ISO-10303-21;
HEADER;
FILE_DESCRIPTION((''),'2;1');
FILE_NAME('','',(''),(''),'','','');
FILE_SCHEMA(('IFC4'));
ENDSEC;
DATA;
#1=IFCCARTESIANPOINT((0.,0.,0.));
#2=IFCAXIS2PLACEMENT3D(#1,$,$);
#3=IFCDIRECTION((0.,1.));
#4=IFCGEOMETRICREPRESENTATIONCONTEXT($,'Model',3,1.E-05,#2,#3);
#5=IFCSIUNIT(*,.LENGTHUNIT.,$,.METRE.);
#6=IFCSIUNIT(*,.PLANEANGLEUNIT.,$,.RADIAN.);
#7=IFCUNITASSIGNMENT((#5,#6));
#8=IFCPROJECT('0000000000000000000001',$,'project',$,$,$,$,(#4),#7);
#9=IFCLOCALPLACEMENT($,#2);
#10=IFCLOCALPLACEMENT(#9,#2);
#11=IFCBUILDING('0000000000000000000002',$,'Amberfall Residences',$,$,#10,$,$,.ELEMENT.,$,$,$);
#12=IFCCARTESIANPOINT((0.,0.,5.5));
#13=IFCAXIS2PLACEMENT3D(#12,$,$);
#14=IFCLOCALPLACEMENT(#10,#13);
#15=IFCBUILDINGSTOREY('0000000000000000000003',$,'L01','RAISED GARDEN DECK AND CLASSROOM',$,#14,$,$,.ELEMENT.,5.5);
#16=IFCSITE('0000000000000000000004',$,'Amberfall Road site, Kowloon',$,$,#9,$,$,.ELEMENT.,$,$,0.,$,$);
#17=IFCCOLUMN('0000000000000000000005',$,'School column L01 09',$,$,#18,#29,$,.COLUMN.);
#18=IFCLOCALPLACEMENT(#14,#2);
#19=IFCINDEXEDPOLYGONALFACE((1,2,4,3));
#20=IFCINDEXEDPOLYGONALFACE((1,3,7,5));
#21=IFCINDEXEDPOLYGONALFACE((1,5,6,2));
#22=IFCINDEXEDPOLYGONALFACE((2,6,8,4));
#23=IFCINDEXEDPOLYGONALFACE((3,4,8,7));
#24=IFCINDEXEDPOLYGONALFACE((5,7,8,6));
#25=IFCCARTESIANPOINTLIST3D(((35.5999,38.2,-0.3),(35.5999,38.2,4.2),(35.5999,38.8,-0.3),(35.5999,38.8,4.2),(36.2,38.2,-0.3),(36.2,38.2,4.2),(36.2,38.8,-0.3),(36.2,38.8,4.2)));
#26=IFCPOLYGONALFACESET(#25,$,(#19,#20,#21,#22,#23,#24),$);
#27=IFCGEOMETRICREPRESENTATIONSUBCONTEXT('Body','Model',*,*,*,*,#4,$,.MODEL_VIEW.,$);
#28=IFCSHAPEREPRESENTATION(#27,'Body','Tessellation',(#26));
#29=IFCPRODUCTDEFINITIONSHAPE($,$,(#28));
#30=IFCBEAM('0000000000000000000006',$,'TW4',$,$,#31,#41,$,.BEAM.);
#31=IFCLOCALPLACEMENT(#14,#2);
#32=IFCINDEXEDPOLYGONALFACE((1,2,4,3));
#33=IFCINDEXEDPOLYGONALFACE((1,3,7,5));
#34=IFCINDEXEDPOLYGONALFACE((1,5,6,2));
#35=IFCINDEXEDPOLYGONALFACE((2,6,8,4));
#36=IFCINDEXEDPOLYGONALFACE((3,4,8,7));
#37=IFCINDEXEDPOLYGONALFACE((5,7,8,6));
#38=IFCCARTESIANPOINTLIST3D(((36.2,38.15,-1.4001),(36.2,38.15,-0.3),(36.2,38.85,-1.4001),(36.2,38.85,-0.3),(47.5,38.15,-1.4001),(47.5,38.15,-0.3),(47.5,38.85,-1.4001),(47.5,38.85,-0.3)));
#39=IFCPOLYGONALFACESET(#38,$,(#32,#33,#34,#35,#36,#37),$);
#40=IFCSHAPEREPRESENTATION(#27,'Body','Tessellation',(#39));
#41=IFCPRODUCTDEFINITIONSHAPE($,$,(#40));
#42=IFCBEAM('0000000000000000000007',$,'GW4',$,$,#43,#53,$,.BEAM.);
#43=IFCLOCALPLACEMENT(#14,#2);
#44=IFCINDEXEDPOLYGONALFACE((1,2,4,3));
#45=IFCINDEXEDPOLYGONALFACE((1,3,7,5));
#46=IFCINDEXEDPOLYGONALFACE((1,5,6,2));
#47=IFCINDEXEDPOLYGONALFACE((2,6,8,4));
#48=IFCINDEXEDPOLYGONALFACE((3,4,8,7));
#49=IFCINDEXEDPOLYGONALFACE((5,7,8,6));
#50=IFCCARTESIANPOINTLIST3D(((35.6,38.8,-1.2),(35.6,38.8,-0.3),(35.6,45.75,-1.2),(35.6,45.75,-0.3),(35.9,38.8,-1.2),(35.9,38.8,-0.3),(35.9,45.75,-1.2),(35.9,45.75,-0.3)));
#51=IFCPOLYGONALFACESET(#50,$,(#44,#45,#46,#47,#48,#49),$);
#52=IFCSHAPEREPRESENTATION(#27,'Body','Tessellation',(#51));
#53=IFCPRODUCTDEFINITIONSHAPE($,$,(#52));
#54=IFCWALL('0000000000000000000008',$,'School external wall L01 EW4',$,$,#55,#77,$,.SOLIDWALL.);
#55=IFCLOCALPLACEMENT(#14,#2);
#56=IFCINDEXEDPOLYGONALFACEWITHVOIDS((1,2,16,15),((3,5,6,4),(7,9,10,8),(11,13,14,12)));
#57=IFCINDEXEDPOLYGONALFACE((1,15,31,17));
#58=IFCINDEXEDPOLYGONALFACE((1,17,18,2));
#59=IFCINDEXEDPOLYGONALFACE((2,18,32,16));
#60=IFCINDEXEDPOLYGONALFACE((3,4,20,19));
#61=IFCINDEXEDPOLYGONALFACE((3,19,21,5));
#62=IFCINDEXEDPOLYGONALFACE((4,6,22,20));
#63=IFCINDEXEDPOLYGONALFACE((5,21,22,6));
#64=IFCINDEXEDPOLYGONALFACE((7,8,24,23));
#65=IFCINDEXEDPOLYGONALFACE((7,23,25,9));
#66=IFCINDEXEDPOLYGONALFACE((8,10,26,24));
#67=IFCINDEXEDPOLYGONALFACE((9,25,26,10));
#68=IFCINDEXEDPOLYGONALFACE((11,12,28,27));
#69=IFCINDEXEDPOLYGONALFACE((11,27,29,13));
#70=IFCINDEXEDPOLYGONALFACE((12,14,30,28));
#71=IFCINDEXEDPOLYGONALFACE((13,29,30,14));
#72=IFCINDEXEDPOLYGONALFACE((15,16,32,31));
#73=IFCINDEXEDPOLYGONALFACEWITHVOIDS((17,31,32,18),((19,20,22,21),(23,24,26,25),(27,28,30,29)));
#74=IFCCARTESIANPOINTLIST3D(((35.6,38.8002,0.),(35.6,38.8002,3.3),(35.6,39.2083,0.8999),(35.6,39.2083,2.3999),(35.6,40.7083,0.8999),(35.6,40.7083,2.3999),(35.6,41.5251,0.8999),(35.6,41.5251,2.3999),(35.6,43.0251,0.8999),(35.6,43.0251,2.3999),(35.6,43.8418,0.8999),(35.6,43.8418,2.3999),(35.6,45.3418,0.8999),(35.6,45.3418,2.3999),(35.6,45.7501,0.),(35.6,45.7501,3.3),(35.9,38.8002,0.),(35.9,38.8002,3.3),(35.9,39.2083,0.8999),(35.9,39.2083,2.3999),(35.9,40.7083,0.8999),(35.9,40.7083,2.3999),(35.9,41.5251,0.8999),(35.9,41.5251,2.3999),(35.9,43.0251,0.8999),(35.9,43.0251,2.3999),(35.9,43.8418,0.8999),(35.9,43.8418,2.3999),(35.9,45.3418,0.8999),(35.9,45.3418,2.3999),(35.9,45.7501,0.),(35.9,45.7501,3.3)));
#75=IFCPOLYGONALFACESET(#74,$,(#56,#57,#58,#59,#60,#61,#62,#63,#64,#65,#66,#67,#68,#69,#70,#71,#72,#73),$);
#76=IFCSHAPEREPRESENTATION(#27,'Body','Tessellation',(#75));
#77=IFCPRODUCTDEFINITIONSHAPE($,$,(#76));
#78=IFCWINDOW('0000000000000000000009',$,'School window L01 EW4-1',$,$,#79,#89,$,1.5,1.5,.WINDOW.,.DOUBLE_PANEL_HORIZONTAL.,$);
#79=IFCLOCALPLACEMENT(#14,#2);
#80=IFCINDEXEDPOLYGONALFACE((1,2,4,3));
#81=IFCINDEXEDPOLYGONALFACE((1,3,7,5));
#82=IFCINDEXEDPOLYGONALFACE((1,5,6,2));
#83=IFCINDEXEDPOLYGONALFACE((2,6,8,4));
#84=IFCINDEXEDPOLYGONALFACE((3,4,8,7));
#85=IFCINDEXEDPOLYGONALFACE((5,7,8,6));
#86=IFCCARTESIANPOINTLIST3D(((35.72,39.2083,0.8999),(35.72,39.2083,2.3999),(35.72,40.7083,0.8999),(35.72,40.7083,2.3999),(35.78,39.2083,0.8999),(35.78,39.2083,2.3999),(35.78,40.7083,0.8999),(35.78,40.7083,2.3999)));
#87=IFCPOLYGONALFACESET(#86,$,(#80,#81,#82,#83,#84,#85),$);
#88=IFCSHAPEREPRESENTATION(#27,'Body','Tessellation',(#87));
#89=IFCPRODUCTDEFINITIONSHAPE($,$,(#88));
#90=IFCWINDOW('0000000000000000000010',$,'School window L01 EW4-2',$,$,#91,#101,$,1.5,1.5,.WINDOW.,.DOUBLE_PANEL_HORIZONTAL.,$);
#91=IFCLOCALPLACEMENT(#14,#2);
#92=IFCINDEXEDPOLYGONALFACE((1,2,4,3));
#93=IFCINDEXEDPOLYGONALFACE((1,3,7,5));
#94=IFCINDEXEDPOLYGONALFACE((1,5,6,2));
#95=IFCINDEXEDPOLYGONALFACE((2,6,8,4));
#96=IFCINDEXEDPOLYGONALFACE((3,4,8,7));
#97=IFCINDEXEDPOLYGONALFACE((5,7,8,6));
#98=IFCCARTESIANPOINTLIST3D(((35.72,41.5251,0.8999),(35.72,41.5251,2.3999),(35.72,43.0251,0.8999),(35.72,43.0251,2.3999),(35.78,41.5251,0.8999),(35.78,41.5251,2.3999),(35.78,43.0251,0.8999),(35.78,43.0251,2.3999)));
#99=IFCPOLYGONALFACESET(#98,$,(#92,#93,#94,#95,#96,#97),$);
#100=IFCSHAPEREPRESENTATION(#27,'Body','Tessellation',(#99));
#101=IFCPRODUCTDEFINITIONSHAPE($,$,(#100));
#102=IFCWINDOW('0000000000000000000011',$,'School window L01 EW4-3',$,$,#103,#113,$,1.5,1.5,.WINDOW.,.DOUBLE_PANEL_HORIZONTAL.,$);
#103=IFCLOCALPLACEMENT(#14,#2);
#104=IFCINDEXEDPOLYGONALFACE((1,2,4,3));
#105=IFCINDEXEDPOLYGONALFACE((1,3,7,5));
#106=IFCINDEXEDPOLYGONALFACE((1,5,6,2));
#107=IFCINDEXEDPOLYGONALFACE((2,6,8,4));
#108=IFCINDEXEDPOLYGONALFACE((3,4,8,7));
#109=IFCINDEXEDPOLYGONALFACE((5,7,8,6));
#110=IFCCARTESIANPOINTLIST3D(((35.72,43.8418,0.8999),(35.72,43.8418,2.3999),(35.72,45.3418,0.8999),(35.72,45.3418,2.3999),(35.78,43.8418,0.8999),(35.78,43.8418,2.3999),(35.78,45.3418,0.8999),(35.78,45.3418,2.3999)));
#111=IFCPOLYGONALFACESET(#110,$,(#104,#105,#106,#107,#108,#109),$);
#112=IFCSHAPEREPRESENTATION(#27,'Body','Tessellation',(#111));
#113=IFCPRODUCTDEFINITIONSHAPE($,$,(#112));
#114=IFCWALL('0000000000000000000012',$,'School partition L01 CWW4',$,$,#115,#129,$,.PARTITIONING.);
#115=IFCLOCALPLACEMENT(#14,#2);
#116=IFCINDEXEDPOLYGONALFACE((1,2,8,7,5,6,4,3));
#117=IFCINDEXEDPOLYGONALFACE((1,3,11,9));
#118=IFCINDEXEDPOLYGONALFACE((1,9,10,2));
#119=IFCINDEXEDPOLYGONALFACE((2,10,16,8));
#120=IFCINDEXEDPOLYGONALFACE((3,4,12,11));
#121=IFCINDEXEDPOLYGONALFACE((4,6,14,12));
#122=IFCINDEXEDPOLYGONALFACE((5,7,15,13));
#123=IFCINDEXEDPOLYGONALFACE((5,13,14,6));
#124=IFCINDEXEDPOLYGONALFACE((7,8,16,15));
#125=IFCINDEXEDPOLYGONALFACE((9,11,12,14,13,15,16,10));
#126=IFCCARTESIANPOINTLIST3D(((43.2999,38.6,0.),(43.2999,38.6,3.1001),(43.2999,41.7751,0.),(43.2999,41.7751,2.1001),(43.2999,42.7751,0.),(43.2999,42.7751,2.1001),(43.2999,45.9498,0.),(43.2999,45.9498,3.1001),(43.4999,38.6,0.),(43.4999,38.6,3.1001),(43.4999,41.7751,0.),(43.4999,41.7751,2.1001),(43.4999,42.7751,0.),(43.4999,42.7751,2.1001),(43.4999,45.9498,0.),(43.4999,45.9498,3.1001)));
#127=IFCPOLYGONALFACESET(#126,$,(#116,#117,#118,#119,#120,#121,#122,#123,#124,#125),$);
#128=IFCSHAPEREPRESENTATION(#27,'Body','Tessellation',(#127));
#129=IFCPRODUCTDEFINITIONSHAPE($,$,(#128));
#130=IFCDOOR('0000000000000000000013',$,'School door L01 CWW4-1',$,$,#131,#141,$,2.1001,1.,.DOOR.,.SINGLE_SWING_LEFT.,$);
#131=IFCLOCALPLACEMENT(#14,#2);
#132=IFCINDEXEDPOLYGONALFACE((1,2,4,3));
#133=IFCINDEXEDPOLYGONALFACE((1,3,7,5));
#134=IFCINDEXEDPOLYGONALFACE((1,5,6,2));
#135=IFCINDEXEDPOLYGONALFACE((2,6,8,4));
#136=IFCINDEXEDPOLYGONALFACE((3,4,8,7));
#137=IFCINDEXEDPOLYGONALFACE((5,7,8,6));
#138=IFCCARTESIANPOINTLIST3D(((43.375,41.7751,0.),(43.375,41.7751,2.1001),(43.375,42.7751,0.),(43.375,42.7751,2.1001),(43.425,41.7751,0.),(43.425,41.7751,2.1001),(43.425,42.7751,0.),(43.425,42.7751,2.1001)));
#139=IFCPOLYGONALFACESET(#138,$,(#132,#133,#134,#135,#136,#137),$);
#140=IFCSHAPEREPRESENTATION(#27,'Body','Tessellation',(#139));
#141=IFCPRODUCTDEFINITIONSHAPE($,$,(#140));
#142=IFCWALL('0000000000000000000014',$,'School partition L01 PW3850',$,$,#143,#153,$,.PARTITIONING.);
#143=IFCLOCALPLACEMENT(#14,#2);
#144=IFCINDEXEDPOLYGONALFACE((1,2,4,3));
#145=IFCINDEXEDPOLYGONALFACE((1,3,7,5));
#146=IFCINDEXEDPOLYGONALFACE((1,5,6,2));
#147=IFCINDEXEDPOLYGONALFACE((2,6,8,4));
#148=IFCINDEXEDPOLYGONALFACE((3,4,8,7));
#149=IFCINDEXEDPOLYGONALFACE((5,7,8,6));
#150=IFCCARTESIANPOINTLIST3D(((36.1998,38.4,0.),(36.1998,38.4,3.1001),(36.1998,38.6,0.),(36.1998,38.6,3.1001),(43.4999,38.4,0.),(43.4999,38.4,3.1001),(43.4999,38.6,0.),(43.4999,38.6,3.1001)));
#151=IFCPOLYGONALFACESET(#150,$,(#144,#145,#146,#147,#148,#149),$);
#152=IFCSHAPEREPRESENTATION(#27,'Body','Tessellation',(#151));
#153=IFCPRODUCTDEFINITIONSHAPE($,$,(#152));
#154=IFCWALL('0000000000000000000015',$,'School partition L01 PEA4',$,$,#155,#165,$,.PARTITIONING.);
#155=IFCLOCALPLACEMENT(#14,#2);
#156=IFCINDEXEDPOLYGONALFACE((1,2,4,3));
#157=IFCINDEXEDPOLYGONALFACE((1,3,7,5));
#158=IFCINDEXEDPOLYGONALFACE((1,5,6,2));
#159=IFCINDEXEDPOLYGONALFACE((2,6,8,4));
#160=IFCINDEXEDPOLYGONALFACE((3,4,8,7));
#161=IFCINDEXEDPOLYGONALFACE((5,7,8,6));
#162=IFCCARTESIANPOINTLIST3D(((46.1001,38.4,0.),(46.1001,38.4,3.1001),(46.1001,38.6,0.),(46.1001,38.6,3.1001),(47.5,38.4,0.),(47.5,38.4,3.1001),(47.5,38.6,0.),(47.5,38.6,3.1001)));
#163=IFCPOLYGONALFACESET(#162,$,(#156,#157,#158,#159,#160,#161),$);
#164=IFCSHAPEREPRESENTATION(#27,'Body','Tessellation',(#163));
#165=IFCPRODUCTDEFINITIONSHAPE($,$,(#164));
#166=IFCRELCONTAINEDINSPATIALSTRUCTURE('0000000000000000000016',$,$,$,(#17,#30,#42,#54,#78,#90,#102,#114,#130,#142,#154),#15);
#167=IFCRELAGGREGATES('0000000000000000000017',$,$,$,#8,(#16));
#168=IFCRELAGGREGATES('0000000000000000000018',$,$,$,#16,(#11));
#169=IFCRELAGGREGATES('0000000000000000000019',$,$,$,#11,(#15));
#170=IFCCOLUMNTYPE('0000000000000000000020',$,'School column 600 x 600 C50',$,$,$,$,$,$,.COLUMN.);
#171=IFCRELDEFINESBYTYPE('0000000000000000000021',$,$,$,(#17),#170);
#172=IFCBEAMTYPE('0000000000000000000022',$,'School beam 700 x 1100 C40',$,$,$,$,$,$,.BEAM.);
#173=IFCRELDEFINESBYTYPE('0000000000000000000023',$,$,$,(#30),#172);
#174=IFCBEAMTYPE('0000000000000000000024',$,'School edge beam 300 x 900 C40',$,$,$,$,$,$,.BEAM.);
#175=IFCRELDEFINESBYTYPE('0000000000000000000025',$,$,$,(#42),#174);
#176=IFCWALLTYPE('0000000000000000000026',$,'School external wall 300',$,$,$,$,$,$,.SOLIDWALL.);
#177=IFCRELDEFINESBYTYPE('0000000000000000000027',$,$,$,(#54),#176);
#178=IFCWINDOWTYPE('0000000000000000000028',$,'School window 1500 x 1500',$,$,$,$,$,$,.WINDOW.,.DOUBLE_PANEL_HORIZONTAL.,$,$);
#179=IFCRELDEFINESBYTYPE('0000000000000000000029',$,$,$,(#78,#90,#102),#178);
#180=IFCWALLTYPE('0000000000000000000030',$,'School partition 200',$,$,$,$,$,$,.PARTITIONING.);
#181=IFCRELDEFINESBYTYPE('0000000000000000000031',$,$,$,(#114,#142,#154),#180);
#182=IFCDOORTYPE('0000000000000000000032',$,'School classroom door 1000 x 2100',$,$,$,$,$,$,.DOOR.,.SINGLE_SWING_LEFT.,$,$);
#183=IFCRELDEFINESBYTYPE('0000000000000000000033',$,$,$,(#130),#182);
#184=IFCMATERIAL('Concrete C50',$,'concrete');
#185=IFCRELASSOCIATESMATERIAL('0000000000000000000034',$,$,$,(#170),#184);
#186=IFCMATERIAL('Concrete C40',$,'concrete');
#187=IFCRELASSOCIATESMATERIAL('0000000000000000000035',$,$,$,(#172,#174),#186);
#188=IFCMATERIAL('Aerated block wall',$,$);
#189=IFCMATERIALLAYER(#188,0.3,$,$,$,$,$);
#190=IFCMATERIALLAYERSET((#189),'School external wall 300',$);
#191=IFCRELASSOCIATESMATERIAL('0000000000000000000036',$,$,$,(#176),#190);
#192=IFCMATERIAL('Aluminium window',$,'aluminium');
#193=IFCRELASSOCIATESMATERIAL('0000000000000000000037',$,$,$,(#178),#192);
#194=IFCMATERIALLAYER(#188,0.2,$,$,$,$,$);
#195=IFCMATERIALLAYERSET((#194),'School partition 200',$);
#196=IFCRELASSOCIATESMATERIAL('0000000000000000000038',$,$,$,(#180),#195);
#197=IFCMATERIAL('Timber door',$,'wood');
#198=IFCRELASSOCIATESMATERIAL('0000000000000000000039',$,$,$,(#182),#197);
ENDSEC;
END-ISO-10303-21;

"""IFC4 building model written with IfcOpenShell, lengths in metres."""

from ifc_helpers import new_model, si_unit, direction, frame, frame_2d, origin, origin_2d, place, context, subcontext, project, spatial, rectangle, extrude, material, layer, layer_set, material_profile, profile_set, type_object, element, fill, save


model = new_model("IFC4")

# Units and contexts
model_context = context("Model", 3, precision=1e-05, world=origin(), true_north=direction((0.0, 1.0)))
body_context = subcontext(model_context, "Body", "Model", "MODEL_VIEW")
ifc_project = project(units=[si_unit("LENGTHUNIT", "METRE"), si_unit("PLANEANGLEUNIT", "RADIAN")], contexts=[model_context])

# Site, building, storey
site_placement = place(None, origin())
site = spatial("IfcSite", under=ifc_project, at=site_placement, Name="Amberfall Road site, Kowloon", CompositionType="ELEMENT", RefElevation=0.0)
building_placement = place(site_placement, origin())
building = spatial("IfcBuilding", under=site, at=building_placement, Name="Amberfall Residences", CompositionType="ELEMENT")
storey_placement = place(building_placement, frame((0.0, 0.0, 5.5)))
storey = spatial("IfcBuildingStorey", under=building, at=storey_placement, Name="L01", Description="RAISED GARDEN DECK AND CLASSROOM", CompositionType="ELEMENT", Elevation=5.5)

# Column
ifc_material_1 = material(Name="Concrete C50", Category="concrete")
ifc_material_profile_1 = material_profile(ifc_material_1, rectangle(XDim=0.6001, YDim=0.6001, at=origin_2d()), Name="School column 600 x 600 C50")
ifc_profile_set_1 = profile_set([ifc_material_profile_1], Name="Concrete C50")
column_type = type_object("IfcColumnType", Name="School column 600 x 600 C50", PredefinedType="COLUMN", material=ifc_profile_set_1)
column_placement = place(storey_placement, frame((35.8999, 38.5, -0.3), z_axis=(0.0, 0.0, 1.0), x_axis=(1.0, 0.0, 0.0)))
element("IfcColumn", 1, at=column_placement, inside=storey, type_object=column_type, Name="School column L01 09", PredefinedType="COLUMN", context=body_context, shape_type="SweptSolid", body=[
    extrude(rectangle(XDim=0.6001, YDim=0.6001, at=origin_2d()), origin(), (0.0, 0.0, 1.0), 4.5),
])

# Beams
ifc_material_2 = material(Name="Concrete C40", Category="concrete")
ifc_material_profile_2 = material_profile(ifc_material_2, rectangle(XDim=0.7, YDim=1.1001, at=origin_2d()), Name="School beam 700 x 1100 C40")
ifc_profile_set_2 = profile_set([ifc_material_profile_2], Name="Concrete C40")
beam_type_1 = type_object("IfcBeamType", Name="School beam 700 x 1100 C40", PredefinedType="BEAM", material=ifc_profile_set_2)
beam_1_placement = place(storey_placement, frame((36.2, 38.5, -0.8501), z_axis=(1.0, 0.0, 0.0), x_axis=(0.0, 1.0, 0.0)))
element("IfcBeam", 2, at=beam_1_placement, inside=storey, type_object=beam_type_1, Name="TW4", PredefinedType="BEAM", context=body_context, shape_type="SweptSolid", body=[
    extrude(rectangle(XDim=0.7, YDim=1.1001, at=origin_2d()), origin(), (0.0, 0.0, 1.0), 11.3),
])
ifc_material_profile_3 = material_profile(ifc_material_2, rectangle(XDim=0.3, YDim=0.8999, at=origin_2d()), Name="School edge beam 300 x 900 C40")
ifc_profile_set_3 = profile_set([ifc_material_profile_3], Name="Concrete C40")
beam_type_2 = type_object("IfcBeamType", Name="School edge beam 300 x 900 C40", PredefinedType="BEAM", material=ifc_profile_set_3)
beam_2_placement = place(storey_placement, frame((35.75, 38.8, -0.75), z_axis=(0.0, 1.0, 0.0), x_axis=(-1.0, 0.0, 0.0)))
element("IfcBeam", 3, at=beam_2_placement, inside=storey, type_object=beam_type_2, Name="GW4", PredefinedType="BEAM", context=body_context, shape_type="SweptSolid", body=[
    extrude(rectangle(XDim=0.3, YDim=0.8999, at=origin_2d()), origin(), (0.0, 0.0, 1.0), 6.95),
])

# Wall, openings, windows
ifc_material_3 = material(Name="Aerated block wall")
ifc_layer_1 = layer(ifc_material_3, 0.3)
ifc_layer_set_1 = layer_set([ifc_layer_1], Name="School external wall 300")
wall_type_1 = type_object("IfcWallType", Name="School external wall 300", PredefinedType="SOLIDWALL", material=ifc_layer_set_1)
wall_1_placement = place(storey_placement, frame((35.75, 38.8, 0.0), z_axis=(0.0, 0.0, 1.0), x_axis=(0.0, 1.0, 0.0)))
wall_1 = element("IfcWall", 4, at=wall_1_placement, inside=storey, type_object=wall_type_1, Name="School external wall L01 EW4", PredefinedType="SOLIDWALL", context=body_context, shape_type="SweptSolid", body=[
    extrude(rectangle(XDim=6.95, YDim=0.3, at=frame_2d((3.4751, 0.0))), origin(), (0.0, 0.0, 1.0), 3.3),
])
opening_1_placement = place(wall_1_placement, frame((0.4082, 0.0, 0.8999)))
opening_1 = element("IfcOpeningElement", 5, at=opening_1_placement, cuts=wall_1, PredefinedType="OPENING", context=body_context, shape_type="SweptSolid", body=[
    extrude(rectangle(XDim=1.5, YDim=1.5, at=frame_2d((0.75, 0.75))), frame((0.0, 0.1599, 0.0), z_axis=(0.0, -1.0, 0.0), x_axis=(1.0, 0.0, 0.0)), (0.0, 0.0, 1.0), 0.3201),
])
opening_2_placement = place(wall_1_placement, frame((2.7251, 0.0, 0.8999)))
opening_2 = element("IfcOpeningElement", 6, at=opening_2_placement, cuts=wall_1, PredefinedType="OPENING", context=body_context, shape_type="SweptSolid", body=[
    extrude(rectangle(XDim=1.5, YDim=1.5, at=frame_2d((0.75, 0.75))), frame((0.0, 0.1599, 0.0), z_axis=(0.0, -1.0, 0.0), x_axis=(1.0, 0.0, 0.0)), (0.0, 0.0, 1.0), 0.3201),
])
opening_3_placement = place(wall_1_placement, frame((5.0417, 0.0, 0.8999)))
opening_3 = element("IfcOpeningElement", 7, at=opening_3_placement, cuts=wall_1, PredefinedType="OPENING", context=body_context, shape_type="SweptSolid", body=[
    extrude(rectangle(XDim=1.5, YDim=1.5, at=frame_2d((0.75, 0.75))), frame((0.0, 0.1599, 0.0), z_axis=(0.0, -1.0, 0.0), x_axis=(1.0, 0.0, 0.0)), (0.0, 0.0, 1.0), 0.3201),
])
ifc_material_4 = material(Name="Aluminium window", Category="aluminium")
window_type = type_object("IfcWindowType", Name="School window 1500 x 1500", PartitioningType="DOUBLE_PANEL_HORIZONTAL", PredefinedType="WINDOW", material=ifc_material_4)
window_1_placement = place(opening_1_placement, origin())
window_1 = element("IfcWindow", 8, at=window_1_placement, inside=storey, type_object=window_type, Name="School window L01 EW4-1", OverallHeight=1.5, OverallWidth=1.5, PartitioningType="DOUBLE_PANEL_HORIZONTAL", PredefinedType="WINDOW", context=body_context, shape_type="SweptSolid", body=[
    extrude(rectangle(XDim=1.5, YDim=1.5, at=frame_2d((0.75, 0.75))), frame((0.0, 0.03, 0.0), z_axis=(0.0, -1.0, 0.0), x_axis=(1.0, 0.0, 0.0)), (0.0, 0.0, 1.0), 0.0601),
])
fill(opening_1, window_1)
window_2_placement = place(opening_2_placement, origin())
window_2 = element("IfcWindow", 9, at=window_2_placement, inside=storey, type_object=window_type, Name="School window L01 EW4-2", OverallHeight=1.5, OverallWidth=1.5, PartitioningType="DOUBLE_PANEL_HORIZONTAL", PredefinedType="WINDOW", context=body_context, shape_type="SweptSolid", body=[
    extrude(rectangle(XDim=1.5, YDim=1.5, at=frame_2d((0.75, 0.75))), frame((0.0, 0.03, 0.0), z_axis=(0.0, -1.0, 0.0), x_axis=(1.0, 0.0, 0.0)), (0.0, 0.0, 1.0), 0.0601),
])
fill(opening_2, window_2)
window_3_placement = place(opening_3_placement, origin())
window_3 = element("IfcWindow", 10, at=window_3_placement, inside=storey, type_object=window_type, Name="School window L01 EW4-3", OverallHeight=1.5, OverallWidth=1.5, PartitioningType="DOUBLE_PANEL_HORIZONTAL", PredefinedType="WINDOW", context=body_context, shape_type="SweptSolid", body=[
    extrude(rectangle(XDim=1.5, YDim=1.5, at=frame_2d((0.75, 0.75))), frame((0.0, 0.03, 0.0), z_axis=(0.0, -1.0, 0.0), x_axis=(1.0, 0.0, 0.0)), (0.0, 0.0, 1.0), 0.0601),
])
fill(opening_3, window_3)

# Wall, opening, door
ifc_layer_2 = layer(ifc_material_3, 0.2)
ifc_layer_set_2 = layer_set([ifc_layer_2], Name="School partition 200")
wall_type_2 = type_object("IfcWallType", Name="School partition 200", PredefinedType="PARTITIONING", material=ifc_layer_set_2)
wall_2_placement = place(storey_placement, frame((43.3999, 38.6001, 0.0), z_axis=(0.0, 0.0, 1.0), x_axis=(0.0, 1.0, 0.0)))
wall_2 = element("IfcWall", 11, at=wall_2_placement, inside=storey, type_object=wall_type_2, Name="School partition L01 CWW4", PredefinedType="PARTITIONING", context=body_context, shape_type="SweptSolid", body=[
    extrude(rectangle(XDim=7.3499, YDim=0.2, at=frame_2d((3.6748, 0.0))), origin(), (0.0, 0.0, 1.0), 3.1001),
])
opening_4_placement = place(wall_2_placement, frame((3.175, 0.0, 0.0)))
opening_4 = element("IfcOpeningElement", 12, at=opening_4_placement, cuts=wall_2, PredefinedType="OPENING", context=body_context, shape_type="SweptSolid", body=[
    extrude(rectangle(XDim=1.0, YDim=2.1001, at=frame_2d((0.5, 1.05))), frame((0.0, 0.1099, 0.0), z_axis=(0.0, -1.0, 0.0), x_axis=(1.0, 0.0, 0.0)), (0.0, 0.0, 1.0), 0.22),
])
ifc_material_5 = material(Name="Timber door", Category="wood")
door_type_1 = type_object("IfcDoorType", Name="School classroom door 1000 x 2100", OperationType="SINGLE_SWING_LEFT", PredefinedType="DOOR", material=ifc_material_5)
door_1_placement = place(opening_4_placement, origin())
door_1 = element("IfcDoor", 13, at=door_1_placement, inside=storey, type_object=door_type_1, Name="School door L01 CWW4-1", OperationType="SINGLE_SWING_LEFT", OverallHeight=2.1001, OverallWidth=1.0, PredefinedType="DOOR", context=body_context, shape_type="SweptSolid", body=[
    extrude(rectangle(XDim=1.0, YDim=2.1001, at=frame_2d((0.5, 1.05))), frame((0.0, 0.0249, 0.0), z_axis=(0.0, -1.0, 0.0), x_axis=(1.0, 0.0, 0.0)), (0.0, 0.0, 1.0), 0.05),
])
fill(opening_4, door_1)

# Walls
wall_3_placement = place(storey_placement, frame((36.2, 38.5, 0.0), z_axis=(0.0, 0.0, 1.0), x_axis=(1.0, 0.0, 0.0)))
element("IfcWall", 14, at=wall_3_placement, inside=storey, type_object=wall_type_2, Name="School partition L01 PW3850", PredefinedType="PARTITIONING", context=body_context, shape_type="SweptSolid", body=[
    extrude(rectangle(XDim=7.3, YDim=0.2, at=frame_2d((3.6499, 0.0))), origin(), (0.0, 0.0, 1.0), 3.1001),
])
wall_4_placement = place(storey_placement, frame((46.1001, 38.5, 0.0), z_axis=(0.0, 0.0, 1.0), x_axis=(1.0, 0.0, 0.0)))
element("IfcWall", 15, at=wall_4_placement, inside=storey, type_object=wall_type_2, Name="School partition L01 PEA4", PredefinedType="PARTITIONING", context=body_context, shape_type="SweptSolid", body=[
    extrude(rectangle(XDim=1.3999, YDim=0.2, at=frame_2d((0.7, 0.0))), origin(), (0.0, 0.0, 1.0), 3.1001),
])

save(model, "model.ifc")
